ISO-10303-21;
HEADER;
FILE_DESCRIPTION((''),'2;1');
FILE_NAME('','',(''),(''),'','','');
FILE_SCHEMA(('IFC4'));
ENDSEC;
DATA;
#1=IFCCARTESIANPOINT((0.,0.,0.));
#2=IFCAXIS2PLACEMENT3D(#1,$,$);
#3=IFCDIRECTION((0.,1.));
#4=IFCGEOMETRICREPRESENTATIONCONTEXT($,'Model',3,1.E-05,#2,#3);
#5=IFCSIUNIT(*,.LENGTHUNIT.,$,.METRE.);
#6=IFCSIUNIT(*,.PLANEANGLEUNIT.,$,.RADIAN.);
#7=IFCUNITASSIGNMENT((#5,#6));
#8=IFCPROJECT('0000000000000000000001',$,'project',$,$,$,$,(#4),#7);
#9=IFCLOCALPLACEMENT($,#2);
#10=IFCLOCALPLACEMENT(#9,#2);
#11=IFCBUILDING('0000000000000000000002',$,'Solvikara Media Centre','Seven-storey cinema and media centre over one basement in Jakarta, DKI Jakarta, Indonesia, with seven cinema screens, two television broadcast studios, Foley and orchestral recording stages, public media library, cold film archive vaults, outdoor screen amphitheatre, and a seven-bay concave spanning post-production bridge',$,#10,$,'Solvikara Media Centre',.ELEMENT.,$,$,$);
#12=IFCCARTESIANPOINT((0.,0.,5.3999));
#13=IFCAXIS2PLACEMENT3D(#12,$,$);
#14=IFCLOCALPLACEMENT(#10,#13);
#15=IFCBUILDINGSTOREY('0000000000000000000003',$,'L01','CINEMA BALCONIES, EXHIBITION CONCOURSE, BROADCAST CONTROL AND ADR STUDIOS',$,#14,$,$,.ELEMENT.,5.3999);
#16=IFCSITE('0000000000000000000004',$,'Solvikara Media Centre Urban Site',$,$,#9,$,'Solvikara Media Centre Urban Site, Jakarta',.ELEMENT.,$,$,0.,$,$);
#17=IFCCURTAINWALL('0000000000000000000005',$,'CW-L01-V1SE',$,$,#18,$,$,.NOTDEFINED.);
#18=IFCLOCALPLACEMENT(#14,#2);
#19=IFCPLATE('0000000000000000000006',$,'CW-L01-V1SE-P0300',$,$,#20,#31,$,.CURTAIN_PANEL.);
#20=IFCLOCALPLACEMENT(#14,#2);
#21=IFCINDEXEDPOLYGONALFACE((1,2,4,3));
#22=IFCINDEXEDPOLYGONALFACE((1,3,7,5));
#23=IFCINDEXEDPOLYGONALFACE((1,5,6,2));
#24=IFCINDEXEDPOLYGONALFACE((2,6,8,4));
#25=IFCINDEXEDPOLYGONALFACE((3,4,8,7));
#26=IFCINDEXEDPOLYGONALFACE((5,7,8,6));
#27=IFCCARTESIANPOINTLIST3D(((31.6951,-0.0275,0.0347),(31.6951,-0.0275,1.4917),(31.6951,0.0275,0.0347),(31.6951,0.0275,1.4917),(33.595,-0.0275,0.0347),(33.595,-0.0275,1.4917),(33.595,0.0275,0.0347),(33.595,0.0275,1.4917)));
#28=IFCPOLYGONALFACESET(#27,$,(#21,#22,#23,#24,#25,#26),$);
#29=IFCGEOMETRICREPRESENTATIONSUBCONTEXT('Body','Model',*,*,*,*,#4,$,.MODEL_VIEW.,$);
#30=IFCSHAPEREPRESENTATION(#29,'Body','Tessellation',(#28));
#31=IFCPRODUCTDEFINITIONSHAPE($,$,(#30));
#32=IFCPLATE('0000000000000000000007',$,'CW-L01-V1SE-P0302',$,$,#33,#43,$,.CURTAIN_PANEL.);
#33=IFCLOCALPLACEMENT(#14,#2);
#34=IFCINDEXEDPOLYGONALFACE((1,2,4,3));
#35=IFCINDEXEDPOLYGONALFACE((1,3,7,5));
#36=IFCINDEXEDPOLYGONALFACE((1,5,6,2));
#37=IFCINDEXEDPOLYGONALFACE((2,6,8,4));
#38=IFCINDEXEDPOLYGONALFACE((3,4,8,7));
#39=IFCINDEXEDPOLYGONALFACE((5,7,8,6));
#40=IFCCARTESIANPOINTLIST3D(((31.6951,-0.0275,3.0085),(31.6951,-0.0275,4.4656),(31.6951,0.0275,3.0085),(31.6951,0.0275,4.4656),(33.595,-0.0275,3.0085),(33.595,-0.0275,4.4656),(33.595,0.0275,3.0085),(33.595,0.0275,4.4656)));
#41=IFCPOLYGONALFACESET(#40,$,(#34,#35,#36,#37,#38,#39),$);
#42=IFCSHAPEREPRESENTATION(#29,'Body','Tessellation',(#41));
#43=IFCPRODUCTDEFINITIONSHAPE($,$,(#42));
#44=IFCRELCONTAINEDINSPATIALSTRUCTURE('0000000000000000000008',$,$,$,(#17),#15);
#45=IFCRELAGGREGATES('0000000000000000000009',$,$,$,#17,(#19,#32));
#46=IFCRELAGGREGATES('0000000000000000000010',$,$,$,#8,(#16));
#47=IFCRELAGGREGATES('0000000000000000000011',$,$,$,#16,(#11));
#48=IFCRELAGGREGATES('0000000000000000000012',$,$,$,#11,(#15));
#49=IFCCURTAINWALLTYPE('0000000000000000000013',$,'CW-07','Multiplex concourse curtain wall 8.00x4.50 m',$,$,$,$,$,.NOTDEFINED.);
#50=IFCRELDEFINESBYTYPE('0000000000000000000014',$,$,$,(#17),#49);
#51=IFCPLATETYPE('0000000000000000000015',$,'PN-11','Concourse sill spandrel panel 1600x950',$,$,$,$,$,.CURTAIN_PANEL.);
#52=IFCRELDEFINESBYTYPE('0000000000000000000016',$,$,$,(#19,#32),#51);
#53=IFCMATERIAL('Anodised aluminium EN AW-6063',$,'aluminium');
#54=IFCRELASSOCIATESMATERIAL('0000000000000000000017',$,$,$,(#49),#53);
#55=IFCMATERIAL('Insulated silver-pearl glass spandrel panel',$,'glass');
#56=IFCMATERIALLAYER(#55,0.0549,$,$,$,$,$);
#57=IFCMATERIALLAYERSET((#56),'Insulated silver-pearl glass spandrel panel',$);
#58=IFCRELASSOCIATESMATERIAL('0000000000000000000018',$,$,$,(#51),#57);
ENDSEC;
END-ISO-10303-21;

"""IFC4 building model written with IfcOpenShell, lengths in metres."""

from ifc_helpers import new_model, si_unit, direction, frame, origin, origin_2d, place, context, subcontext, project, spatial, rectangle, extrude, material, layer, layer_set, type_object, element, aggregate, save


model = new_model("IFC4")

# Units and contexts
model_context = context("Model", 3, precision=1e-05, world=origin(), true_north=direction((0.0, 1.0)))
body_context = subcontext(model_context, "Body", "Model", "MODEL_VIEW")
ifc_project = project(units=[si_unit("LENGTHUNIT", "METRE"), si_unit("PLANEANGLEUNIT", "RADIAN")], contexts=[model_context])

# Site, building, storey
site_placement = place(None, origin())
site = spatial("IfcSite", under=ifc_project, at=site_placement, Name="Solvikara Media Centre Urban Site", LongName="Solvikara Media Centre Urban Site, Jakarta", CompositionType="ELEMENT", RefElevation=0.0)
building_placement = place(site_placement, origin())
building = spatial("IfcBuilding", under=site, at=building_placement, Name="Solvikara Media Centre", Description="Seven-storey cinema and media centre over one basement in Jakarta, DKI Jakarta, Indonesia, with seven cinema screens, two television broadcast studios, Foley and orchestral recording stages, public media library, cold film archive vaults, outdoor screen amphitheatre, and a seven-bay concave spanning post-production bridge", LongName="Solvikara Media Centre", CompositionType="ELEMENT")
storey_placement = place(building_placement, frame((0.0, 0.0, 5.3999)))
storey = spatial("IfcBuildingStorey", under=building, at=storey_placement, Name="L01", Description="CINEMA BALCONIES, EXHIBITION CONCOURSE, BROADCAST CONTROL AND ADR STUDIOS", CompositionType="ELEMENT", Elevation=5.3999)

# Curtain wall, plates
ifc_material_1 = material(Name="Anodised aluminium EN AW-6063", Category="aluminium")
curtain_wall_type = type_object("IfcCurtainWallType", Name="CW-07", Description="Multiplex concourse curtain wall 8.00x4.50 m", PredefinedType="NOTDEFINED", material=ifc_material_1)
curtain_wall_placement = place(storey_placement, origin())
curtain_wall = element("IfcCurtainWall", 1, at=curtain_wall_placement, inside=storey, type_object=curtain_wall_type, Name="CW-L01-V1SE", PredefinedType="NOTDEFINED")
ifc_material_2 = material(Name="Insulated silver-pearl glass spandrel panel", Category="glass")
ifc_layer_1 = layer(ifc_material_2, 0.0549)
ifc_layer_set_1 = layer_set([ifc_layer_1], Name="Insulated silver-pearl glass spandrel panel")
plate_type_1 = type_object("IfcPlateType", Name="PN-11", Description="Concourse sill spandrel panel 1600x950", PredefinedType="CURTAIN_PANEL", material=ifc_layer_set_1)
plate_1_placement = place(storey_placement, frame((32.645, 0.0, 0.0347), z_axis=(0.0, 0.0, 1.0), x_axis=(1.0, 0.0, 0.0)))
plate_1 = element("IfcPlate", 2, at=plate_1_placement, type_object=plate_type_1, Name="CW-L01-V1SE-P0300", PredefinedType="CURTAIN_PANEL", context=body_context, shape_type="SweptSolid", body=[
    extrude(rectangle(XDim=1.8999, YDim=0.0549, at=origin_2d()), origin(), (0.0, 0.0, 1.0), 1.457),
])
plate_2_placement = place(storey_placement, frame((32.645, 0.0, 3.0085), z_axis=(0.0, 0.0, 1.0), x_axis=(1.0, 0.0, 0.0)))
plate_2 = element("IfcPlate", 3, at=plate_2_placement, type_object=plate_type_1, Name="CW-L01-V1SE-P0302", PredefinedType="CURTAIN_PANEL", context=body_context, shape_type="SweptSolid", body=[
    extrude(rectangle(XDim=1.8999, YDim=0.0549, at=origin_2d()), origin(), (0.0, 0.0, 1.0), 1.457),
])
aggregate(curtain_wall, [plate_1, plate_2])

save(model, "model.ifc")
